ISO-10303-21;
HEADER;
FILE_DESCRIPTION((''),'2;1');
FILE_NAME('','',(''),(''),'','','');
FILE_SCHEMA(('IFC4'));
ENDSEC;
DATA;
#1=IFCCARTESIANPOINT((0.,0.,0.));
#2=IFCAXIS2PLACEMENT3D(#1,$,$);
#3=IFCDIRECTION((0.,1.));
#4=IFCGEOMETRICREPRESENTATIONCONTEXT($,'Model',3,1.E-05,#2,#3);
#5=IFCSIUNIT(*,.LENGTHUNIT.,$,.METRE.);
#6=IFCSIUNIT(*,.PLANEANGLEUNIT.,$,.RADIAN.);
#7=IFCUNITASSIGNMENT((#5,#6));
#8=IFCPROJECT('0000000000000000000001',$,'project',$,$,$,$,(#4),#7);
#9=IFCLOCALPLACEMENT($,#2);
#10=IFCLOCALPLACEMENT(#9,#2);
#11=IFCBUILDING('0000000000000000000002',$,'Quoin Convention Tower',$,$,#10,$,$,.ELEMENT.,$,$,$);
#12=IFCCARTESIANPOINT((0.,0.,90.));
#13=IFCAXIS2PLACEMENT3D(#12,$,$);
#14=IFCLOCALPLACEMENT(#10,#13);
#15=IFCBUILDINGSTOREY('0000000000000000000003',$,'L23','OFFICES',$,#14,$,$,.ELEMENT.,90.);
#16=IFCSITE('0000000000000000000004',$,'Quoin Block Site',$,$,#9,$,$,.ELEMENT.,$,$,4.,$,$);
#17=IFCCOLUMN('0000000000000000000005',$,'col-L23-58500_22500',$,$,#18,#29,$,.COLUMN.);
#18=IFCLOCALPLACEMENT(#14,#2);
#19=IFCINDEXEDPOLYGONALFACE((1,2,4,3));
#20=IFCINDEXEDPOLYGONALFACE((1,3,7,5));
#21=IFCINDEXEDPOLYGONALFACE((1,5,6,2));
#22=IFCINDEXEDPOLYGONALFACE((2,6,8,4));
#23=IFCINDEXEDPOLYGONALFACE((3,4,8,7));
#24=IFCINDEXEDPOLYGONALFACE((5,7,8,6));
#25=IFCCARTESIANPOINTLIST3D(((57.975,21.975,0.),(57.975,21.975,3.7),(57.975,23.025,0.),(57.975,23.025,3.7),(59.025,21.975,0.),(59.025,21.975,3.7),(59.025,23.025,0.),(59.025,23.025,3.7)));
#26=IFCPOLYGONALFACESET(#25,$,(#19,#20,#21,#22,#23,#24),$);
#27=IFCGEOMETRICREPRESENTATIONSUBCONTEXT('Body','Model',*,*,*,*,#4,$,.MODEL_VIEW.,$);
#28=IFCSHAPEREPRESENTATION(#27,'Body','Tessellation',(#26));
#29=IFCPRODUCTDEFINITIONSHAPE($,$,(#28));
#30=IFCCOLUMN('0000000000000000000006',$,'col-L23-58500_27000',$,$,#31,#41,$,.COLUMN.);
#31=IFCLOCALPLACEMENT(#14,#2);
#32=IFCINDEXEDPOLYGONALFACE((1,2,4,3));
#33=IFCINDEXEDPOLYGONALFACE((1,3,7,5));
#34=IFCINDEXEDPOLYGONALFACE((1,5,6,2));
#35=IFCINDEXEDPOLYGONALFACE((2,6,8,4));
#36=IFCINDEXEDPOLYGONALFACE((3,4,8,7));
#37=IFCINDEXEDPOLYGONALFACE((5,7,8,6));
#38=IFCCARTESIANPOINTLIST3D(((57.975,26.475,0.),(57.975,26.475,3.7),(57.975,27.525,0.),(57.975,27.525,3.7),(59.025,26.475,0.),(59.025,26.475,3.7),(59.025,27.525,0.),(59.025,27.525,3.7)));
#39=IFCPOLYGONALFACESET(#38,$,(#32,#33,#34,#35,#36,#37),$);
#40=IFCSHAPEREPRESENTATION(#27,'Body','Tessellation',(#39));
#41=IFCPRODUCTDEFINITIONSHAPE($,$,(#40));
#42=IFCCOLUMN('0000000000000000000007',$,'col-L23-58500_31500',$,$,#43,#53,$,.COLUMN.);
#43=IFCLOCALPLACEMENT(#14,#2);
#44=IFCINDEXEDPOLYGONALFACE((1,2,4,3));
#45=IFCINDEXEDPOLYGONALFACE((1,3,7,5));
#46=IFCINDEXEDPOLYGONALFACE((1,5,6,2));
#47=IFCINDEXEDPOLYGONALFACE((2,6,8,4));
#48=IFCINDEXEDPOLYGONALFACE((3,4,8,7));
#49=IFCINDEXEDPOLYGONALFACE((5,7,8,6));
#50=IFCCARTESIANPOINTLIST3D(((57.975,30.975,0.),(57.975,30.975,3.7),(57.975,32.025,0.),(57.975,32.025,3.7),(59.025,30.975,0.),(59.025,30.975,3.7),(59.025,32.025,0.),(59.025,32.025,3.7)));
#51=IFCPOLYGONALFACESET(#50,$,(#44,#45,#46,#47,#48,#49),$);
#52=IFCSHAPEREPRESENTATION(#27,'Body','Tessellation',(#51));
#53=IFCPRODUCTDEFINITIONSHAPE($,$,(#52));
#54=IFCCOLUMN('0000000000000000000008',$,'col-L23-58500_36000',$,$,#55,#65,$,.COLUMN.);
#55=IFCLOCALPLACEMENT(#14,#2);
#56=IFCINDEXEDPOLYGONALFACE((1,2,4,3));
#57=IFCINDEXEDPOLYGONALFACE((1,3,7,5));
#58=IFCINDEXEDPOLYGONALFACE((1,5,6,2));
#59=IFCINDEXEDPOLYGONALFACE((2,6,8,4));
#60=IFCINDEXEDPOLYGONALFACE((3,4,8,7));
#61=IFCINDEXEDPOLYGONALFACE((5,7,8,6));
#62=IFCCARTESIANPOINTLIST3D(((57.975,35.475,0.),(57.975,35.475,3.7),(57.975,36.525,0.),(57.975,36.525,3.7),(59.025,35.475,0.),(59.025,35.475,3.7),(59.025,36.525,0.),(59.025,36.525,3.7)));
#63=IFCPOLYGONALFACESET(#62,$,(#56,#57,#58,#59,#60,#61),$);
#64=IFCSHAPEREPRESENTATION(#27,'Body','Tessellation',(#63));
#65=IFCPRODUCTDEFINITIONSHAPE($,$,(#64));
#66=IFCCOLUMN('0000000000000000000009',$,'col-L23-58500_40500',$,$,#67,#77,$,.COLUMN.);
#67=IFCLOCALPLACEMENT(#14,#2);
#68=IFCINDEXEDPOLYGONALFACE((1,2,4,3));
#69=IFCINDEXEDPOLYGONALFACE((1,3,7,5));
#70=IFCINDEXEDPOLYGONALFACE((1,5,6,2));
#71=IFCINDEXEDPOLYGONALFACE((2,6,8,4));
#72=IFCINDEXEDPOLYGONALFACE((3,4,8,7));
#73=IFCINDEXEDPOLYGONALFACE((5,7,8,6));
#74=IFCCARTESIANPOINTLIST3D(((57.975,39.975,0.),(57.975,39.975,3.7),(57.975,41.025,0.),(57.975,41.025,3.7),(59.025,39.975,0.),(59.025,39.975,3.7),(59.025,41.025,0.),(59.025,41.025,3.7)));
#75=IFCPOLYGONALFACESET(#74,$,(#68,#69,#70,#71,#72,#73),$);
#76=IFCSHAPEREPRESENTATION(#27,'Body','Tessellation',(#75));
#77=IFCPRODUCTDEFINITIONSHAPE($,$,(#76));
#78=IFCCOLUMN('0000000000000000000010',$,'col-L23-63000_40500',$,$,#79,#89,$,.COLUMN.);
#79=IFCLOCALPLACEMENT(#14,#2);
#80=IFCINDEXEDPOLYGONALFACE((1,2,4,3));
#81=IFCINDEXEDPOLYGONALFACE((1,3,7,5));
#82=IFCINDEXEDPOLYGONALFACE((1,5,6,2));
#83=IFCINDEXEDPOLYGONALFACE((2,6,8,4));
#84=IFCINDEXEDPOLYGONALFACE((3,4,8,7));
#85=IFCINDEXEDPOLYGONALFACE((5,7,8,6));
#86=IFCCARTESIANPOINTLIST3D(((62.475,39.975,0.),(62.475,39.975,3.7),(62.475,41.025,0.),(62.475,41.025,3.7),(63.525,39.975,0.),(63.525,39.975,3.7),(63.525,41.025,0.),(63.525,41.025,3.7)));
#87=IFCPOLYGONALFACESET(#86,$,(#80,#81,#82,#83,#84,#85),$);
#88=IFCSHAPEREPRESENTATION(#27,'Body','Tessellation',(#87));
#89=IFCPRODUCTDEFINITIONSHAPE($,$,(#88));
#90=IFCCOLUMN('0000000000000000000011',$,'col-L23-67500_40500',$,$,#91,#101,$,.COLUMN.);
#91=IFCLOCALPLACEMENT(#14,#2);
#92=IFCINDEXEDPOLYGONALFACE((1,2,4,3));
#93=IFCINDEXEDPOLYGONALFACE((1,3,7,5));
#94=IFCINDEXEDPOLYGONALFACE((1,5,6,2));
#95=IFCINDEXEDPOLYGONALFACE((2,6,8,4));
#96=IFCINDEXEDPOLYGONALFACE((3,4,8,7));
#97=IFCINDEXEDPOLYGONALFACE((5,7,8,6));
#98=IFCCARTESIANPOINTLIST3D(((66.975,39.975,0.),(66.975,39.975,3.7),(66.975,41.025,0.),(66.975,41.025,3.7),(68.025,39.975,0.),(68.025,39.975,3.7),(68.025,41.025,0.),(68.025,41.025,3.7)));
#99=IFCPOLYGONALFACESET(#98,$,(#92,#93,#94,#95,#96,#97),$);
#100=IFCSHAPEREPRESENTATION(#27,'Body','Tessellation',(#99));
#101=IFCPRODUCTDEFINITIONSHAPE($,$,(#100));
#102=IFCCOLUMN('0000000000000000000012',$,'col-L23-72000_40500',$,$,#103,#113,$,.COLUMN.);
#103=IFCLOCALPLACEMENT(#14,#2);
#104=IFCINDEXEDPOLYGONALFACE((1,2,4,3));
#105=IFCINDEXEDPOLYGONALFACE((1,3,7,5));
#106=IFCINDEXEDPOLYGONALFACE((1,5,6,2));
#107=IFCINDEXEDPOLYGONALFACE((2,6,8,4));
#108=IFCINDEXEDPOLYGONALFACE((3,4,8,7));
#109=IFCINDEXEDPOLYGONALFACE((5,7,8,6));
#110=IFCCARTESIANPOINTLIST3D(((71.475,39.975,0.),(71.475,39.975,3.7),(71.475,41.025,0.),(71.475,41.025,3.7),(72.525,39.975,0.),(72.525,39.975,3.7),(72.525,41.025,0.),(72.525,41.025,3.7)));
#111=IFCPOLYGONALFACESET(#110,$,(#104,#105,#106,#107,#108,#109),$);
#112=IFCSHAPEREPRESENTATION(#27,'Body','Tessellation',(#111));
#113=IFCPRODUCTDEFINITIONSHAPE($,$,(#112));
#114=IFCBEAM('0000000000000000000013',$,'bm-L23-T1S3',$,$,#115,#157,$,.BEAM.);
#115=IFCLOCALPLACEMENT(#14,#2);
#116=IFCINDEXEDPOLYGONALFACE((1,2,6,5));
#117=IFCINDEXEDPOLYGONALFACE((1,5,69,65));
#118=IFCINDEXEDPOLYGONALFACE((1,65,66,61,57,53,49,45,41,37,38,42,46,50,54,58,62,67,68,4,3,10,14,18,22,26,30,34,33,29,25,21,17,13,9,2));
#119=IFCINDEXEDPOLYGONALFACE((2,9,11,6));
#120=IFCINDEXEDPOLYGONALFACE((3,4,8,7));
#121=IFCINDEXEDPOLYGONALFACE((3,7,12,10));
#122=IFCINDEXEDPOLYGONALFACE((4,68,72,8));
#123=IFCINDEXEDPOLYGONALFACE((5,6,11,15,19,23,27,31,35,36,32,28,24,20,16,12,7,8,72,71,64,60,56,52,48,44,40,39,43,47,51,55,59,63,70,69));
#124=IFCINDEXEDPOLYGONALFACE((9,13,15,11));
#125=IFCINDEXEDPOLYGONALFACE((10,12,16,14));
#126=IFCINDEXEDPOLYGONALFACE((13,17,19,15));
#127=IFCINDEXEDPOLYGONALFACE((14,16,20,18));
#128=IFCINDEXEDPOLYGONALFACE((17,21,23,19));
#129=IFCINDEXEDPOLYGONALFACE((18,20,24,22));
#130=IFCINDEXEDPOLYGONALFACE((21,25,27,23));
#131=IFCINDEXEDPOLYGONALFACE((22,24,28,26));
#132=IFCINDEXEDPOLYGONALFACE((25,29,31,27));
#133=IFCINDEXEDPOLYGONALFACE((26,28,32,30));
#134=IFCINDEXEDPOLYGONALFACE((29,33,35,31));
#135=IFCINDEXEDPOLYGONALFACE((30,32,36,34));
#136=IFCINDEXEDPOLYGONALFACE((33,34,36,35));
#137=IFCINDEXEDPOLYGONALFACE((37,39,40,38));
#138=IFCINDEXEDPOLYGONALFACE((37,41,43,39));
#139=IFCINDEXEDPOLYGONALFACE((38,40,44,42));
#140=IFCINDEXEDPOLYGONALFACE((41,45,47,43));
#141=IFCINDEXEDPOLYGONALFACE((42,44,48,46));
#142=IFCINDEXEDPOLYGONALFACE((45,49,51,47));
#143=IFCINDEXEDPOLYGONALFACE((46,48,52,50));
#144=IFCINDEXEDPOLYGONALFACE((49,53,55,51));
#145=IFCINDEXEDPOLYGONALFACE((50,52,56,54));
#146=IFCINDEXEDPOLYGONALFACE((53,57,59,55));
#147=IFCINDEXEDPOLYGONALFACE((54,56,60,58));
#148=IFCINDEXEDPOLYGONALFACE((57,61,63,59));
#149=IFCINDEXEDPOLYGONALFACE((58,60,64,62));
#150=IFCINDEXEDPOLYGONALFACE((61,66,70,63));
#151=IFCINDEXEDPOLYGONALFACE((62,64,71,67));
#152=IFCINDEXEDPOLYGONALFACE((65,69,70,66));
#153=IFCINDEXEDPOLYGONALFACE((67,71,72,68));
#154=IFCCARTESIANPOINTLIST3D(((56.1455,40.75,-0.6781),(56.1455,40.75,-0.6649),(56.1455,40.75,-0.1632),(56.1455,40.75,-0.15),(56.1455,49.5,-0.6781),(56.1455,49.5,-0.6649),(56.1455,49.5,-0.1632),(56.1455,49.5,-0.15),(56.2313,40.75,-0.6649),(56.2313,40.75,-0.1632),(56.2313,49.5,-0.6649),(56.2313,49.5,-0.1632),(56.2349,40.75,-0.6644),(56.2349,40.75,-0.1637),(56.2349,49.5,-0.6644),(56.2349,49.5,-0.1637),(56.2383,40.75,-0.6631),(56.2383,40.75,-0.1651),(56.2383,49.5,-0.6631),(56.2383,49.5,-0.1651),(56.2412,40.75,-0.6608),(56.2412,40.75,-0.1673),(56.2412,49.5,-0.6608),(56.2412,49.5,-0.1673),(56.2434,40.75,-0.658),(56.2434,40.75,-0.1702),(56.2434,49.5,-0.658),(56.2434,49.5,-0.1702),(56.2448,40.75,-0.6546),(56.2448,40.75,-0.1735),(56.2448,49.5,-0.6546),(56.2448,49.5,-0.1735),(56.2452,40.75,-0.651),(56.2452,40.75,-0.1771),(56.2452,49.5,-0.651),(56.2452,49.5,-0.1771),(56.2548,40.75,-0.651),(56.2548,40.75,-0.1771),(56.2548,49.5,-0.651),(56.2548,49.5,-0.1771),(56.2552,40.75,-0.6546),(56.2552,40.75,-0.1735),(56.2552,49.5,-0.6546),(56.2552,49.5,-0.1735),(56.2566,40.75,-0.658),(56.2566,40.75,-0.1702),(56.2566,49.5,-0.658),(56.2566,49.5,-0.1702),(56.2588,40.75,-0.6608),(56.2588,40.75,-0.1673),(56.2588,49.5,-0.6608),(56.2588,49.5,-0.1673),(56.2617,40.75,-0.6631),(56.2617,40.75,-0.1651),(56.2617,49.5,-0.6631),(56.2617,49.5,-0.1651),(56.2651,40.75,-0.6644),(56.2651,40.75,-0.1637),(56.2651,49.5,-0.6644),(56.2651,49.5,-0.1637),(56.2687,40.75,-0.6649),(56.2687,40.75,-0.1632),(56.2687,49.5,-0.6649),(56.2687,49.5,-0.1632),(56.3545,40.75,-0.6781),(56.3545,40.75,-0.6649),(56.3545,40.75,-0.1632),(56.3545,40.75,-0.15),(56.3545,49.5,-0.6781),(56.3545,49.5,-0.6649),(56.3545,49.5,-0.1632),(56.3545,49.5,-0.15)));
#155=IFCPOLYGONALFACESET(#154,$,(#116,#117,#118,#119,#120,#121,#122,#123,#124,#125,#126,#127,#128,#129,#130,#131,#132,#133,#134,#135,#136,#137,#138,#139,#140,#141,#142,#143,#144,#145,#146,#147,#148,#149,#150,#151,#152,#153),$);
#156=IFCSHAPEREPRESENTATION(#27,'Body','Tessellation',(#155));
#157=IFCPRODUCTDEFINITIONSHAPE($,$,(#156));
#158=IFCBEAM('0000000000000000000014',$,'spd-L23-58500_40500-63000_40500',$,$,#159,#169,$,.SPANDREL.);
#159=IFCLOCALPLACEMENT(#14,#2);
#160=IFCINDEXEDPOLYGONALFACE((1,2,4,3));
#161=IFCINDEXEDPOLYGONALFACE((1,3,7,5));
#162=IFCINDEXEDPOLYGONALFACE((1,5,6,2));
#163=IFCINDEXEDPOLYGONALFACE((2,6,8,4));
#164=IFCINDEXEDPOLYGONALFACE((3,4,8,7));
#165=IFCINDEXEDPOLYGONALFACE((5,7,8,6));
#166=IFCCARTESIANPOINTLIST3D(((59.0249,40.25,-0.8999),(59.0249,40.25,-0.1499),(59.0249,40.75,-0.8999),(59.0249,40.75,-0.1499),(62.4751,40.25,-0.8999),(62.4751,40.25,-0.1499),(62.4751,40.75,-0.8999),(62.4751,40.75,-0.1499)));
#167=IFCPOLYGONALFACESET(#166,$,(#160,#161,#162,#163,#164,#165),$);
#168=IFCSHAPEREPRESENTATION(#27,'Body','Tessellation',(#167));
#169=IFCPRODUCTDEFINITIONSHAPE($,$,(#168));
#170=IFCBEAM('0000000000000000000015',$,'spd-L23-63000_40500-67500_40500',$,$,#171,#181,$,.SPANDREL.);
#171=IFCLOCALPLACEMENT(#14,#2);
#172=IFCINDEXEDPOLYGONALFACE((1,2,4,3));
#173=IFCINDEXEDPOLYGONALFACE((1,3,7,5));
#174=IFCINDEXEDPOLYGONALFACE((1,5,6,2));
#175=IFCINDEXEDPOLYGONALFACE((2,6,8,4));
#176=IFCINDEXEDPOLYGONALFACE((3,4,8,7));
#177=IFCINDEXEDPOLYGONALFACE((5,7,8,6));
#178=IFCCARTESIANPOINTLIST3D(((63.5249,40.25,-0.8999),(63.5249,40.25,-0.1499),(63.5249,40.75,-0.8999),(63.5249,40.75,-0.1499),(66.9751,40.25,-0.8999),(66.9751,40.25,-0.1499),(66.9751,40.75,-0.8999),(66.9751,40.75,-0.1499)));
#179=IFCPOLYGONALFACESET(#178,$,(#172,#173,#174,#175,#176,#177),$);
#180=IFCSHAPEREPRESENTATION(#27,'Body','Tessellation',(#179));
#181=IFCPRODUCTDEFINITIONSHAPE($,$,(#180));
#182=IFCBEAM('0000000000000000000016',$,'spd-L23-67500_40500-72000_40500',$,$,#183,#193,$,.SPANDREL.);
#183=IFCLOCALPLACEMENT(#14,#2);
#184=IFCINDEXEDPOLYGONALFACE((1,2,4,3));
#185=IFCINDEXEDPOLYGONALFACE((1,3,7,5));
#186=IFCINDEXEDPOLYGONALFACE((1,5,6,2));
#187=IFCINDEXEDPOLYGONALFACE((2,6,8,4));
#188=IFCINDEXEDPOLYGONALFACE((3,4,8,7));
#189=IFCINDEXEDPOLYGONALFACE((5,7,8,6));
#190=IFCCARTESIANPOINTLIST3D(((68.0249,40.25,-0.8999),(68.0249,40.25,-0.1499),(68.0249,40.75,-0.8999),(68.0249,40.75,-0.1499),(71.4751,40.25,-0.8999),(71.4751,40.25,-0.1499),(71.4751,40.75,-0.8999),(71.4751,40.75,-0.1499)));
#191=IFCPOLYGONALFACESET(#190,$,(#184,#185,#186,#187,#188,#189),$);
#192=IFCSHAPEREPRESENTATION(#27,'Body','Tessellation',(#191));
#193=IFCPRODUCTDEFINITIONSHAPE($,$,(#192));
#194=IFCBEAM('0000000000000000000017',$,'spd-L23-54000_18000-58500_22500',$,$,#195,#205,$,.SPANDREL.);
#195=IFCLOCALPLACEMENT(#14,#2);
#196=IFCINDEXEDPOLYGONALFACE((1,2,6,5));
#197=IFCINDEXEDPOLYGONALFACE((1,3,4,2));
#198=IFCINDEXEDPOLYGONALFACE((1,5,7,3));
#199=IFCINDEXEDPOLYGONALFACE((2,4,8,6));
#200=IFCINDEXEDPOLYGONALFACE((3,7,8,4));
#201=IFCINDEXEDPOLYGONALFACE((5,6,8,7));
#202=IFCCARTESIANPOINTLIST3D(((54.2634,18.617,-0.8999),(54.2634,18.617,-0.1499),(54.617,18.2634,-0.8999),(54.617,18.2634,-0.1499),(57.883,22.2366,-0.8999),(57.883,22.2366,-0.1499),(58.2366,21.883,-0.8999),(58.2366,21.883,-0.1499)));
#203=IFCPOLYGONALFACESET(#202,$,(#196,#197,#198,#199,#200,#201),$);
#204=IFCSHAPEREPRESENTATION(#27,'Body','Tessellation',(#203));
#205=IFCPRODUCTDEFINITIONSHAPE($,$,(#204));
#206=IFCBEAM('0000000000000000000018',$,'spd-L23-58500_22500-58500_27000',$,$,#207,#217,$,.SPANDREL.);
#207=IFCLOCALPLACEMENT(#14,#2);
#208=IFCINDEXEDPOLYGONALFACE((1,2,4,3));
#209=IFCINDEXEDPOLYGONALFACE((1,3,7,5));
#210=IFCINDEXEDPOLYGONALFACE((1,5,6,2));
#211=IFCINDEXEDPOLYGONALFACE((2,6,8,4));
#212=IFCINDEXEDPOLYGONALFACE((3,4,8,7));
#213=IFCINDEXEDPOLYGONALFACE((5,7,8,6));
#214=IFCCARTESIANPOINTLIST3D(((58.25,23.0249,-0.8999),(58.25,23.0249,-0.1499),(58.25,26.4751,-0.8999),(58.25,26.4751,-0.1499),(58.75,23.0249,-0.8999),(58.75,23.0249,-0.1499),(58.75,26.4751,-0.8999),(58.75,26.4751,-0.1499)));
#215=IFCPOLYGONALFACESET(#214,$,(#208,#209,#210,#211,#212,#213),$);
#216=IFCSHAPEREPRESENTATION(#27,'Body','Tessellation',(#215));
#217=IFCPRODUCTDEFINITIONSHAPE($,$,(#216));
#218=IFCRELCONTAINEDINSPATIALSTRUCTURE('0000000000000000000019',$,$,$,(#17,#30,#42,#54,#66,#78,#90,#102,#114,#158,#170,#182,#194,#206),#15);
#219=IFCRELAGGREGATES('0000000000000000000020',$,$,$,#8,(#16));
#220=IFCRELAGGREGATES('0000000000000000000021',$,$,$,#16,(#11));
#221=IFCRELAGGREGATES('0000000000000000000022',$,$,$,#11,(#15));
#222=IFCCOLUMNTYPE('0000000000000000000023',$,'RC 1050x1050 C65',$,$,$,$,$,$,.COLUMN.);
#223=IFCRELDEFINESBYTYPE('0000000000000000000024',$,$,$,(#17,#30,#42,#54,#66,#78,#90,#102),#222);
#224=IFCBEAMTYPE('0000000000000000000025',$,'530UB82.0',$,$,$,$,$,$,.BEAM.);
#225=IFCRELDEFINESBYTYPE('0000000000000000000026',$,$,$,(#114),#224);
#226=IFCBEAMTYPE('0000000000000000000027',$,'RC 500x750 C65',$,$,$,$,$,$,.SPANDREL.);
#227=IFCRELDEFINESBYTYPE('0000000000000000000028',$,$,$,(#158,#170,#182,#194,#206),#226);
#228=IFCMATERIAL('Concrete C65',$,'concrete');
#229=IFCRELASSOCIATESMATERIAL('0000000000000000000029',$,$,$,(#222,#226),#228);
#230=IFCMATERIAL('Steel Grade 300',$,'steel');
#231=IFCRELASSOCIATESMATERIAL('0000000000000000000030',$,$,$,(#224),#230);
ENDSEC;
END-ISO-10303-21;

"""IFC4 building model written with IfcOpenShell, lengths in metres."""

from ifc_helpers import new_model, si_unit, direction, frame, origin, origin_2d, place, context, subcontext, project, spatial, rectangle, i_section, extrude, material, material_profile, profile_set, type_object, element, save


model = new_model("IFC4")

# Units and contexts
model_context = context("Model", 3, precision=1e-05, world=origin(), true_north=direction((0.0, 1.0)))
body_context = subcontext(model_context, "Body", "Model", "MODEL_VIEW")
ifc_project = project(units=[si_unit("LENGTHUNIT", "METRE"), si_unit("PLANEANGLEUNIT", "RADIAN")], contexts=[model_context])

# Site, building, storey
site_placement = place(None, origin())
site = spatial("IfcSite", under=ifc_project, at=site_placement, Name="Quoin Block Site", CompositionType="ELEMENT", RefElevation=4.0)
building_placement = place(site_placement, origin())
building = spatial("IfcBuilding", under=site, at=building_placement, Name="Quoin Convention Tower", CompositionType="ELEMENT")
storey_placement = place(building_placement, frame((0.0, 0.0, 90.0)))
storey = spatial("IfcBuildingStorey", under=building, at=storey_placement, Name="L23", Description="OFFICES", CompositionType="ELEMENT", Elevation=90.0)

# Columns
ifc_material_1 = material(Name="Concrete C65", Category="concrete")
ifc_material_profile_1 = material_profile(ifc_material_1, rectangle(XDim=1.05, YDim=1.05, at=origin_2d()), Name="RC 1050x1050")
ifc_profile_set_1 = profile_set([ifc_material_profile_1], Name="Concrete C65")
column_type = type_object("IfcColumnType", Name="RC 1050x1050 C65", PredefinedType="COLUMN", material=ifc_profile_set_1)
for number, where, z_axis, x_axis, name in (
    (1, (58.5, 22.5, 0.0), (0.0, 0.0, 1.0), (1.0, 0.0, 0.0), "col-L23-58500_22500"),
    (2, (58.5, 27.0, 0.0), (0.0, 0.0, 1.0), (1.0, 0.0, 0.0), "col-L23-58500_27000"),
    (3, (58.5, 31.5, 0.0), (0.0, 0.0, 1.0), (1.0, 0.0, 0.0), "col-L23-58500_31500"),
    (4, (58.5, 36.0, 0.0), (0.0, 0.0, 1.0), (1.0, 0.0, 0.0), "col-L23-58500_36000"),
    (5, (58.5, 40.5, 0.0), (0.0, 0.0, 1.0), (1.0, 0.0, 0.0), "col-L23-58500_40500"),
    (6, (63.0, 40.5, 0.0), (0.0, 0.0, 1.0), (1.0, 0.0, 0.0), "col-L23-63000_40500"),
    (7, (67.5, 40.5, 0.0), (0.0, 0.0, 1.0), (1.0, 0.0, 0.0), "col-L23-67500_40500"),
    (8, (72.0, 40.5, 0.0), (0.0, 0.0, 1.0), (1.0, 0.0, 0.0), "col-L23-72000_40500"),
):
    element("IfcColumn", number, at=place(storey_placement, frame(where, z_axis=z_axis, x_axis=x_axis)), inside=storey, type_object=column_type, Name=name, PredefinedType="COLUMN", context=body_context, shape_type="SweptSolid", body=[
        extrude(rectangle(XDim=1.05, YDim=1.05, at=origin_2d()), origin(), (0.0, 0.0, 1.0), 3.7),
    ])

# Beams
ifc_material_2 = material(Name="Steel Grade 300", Category="steel")
ifc_material_profile_2 = material_profile(ifc_material_2, i_section(OverallWidth=0.209, OverallDepth=0.5281, WebThickness=0.0095, FlangeThickness=0.0132, FilletRadius=0.0139, at=origin_2d()), Name="530UB82.0")
ifc_profile_set_2 = profile_set([ifc_material_profile_2], Name="Steel Grade 300")
beam_type_1 = type_object("IfcBeamType", Name="530UB82.0", PredefinedType="BEAM", material=ifc_profile_set_2)
beam_1_placement = place(storey_placement, frame((56.25, 40.75, -0.4141), z_axis=(0.0, 1.0, 0.0), x_axis=(-1.0, 0.0, 0.0)))
element("IfcBeam", 9, at=beam_1_placement, inside=storey, type_object=beam_type_1, Name="bm-L23-T1S3", PredefinedType="BEAM", context=body_context, shape_type="SweptSolid", body=[
    extrude(i_section(OverallWidth=0.209, OverallDepth=0.5281, WebThickness=0.0095, FlangeThickness=0.0132, FilletRadius=0.0139, at=origin_2d()), origin(), (0.0, 0.0, 1.0), 8.75),
])
ifc_material_profile_3 = material_profile(ifc_material_1, rectangle(XDim=0.5, YDim=0.75, at=origin_2d()), Name="RC 500x750")
ifc_profile_set_3 = profile_set([ifc_material_profile_3], Name="Concrete C65")
beam_type_2 = type_object("IfcBeamType", Name="RC 500x750 C65", PredefinedType="SPANDREL", material=ifc_profile_set_3)
for number, where, z_axis, x_axis, name in (
    (10, (59.0249, 40.5, -0.5249), (1.0, 0.0, 0.0), (0.0, 1.0, 0.0), "spd-L23-58500_40500-63000_40500"),
    (11, (63.5249, 40.5, -0.5249), (1.0, 0.0, 0.0), (0.0, 1.0, 0.0), "spd-L23-63000_40500-67500_40500"),
    (12, (68.0249, 40.5, -0.5249), (1.0, 0.0, 0.0), (0.0, 1.0, 0.0), "spd-L23-67500_40500-72000_40500"),
):
    element("IfcBeam", number, at=place(storey_placement, frame(where, z_axis=z_axis, x_axis=x_axis)), inside=storey, type_object=beam_type_2, Name=name, PredefinedType="SPANDREL", context=body_context, shape_type="SweptSolid", body=[
        extrude(rectangle(XDim=0.5, YDim=0.75, at=origin_2d()), origin(), (0.0, 0.0, 1.0), 3.4502),
    ])
beam_2_placement = place(storey_placement, frame((54.4402, 18.4402, -0.5249), z_axis=(0.707107, 0.707107, 0.0), x_axis=(-0.707107, 0.707107, 0.0)))
element("IfcBeam", 13, at=beam_2_placement, inside=storey, type_object=beam_type_2, Name="spd-L23-54000_18000-58500_22500", PredefinedType="SPANDREL", context=body_context, shape_type="SweptSolid", body=[
    extrude(rectangle(XDim=0.5, YDim=0.75, at=origin_2d()), origin(), (0.0, 0.0, 1.0), 5.1189),
])
for number, where, z_axis, x_axis, name in (
    (14, (58.5, 23.0249, -0.5249), (0.0, 1.0, 0.0), (-1.0, 0.0, 0.0), "spd-L23-58500_22500-58500_27000"),
):
    element("IfcBeam", number, at=place(storey_placement, frame(where, z_axis=z_axis, x_axis=x_axis)), inside=storey, type_object=beam_type_2, Name=name, PredefinedType="SPANDREL", context=body_context, shape_type="SweptSolid", body=[
        extrude(rectangle(XDim=0.5, YDim=0.75, at=origin_2d()), origin(), (0.0, 0.0, 1.0), 3.4502),
    ])

save(model, "model.ifc")
